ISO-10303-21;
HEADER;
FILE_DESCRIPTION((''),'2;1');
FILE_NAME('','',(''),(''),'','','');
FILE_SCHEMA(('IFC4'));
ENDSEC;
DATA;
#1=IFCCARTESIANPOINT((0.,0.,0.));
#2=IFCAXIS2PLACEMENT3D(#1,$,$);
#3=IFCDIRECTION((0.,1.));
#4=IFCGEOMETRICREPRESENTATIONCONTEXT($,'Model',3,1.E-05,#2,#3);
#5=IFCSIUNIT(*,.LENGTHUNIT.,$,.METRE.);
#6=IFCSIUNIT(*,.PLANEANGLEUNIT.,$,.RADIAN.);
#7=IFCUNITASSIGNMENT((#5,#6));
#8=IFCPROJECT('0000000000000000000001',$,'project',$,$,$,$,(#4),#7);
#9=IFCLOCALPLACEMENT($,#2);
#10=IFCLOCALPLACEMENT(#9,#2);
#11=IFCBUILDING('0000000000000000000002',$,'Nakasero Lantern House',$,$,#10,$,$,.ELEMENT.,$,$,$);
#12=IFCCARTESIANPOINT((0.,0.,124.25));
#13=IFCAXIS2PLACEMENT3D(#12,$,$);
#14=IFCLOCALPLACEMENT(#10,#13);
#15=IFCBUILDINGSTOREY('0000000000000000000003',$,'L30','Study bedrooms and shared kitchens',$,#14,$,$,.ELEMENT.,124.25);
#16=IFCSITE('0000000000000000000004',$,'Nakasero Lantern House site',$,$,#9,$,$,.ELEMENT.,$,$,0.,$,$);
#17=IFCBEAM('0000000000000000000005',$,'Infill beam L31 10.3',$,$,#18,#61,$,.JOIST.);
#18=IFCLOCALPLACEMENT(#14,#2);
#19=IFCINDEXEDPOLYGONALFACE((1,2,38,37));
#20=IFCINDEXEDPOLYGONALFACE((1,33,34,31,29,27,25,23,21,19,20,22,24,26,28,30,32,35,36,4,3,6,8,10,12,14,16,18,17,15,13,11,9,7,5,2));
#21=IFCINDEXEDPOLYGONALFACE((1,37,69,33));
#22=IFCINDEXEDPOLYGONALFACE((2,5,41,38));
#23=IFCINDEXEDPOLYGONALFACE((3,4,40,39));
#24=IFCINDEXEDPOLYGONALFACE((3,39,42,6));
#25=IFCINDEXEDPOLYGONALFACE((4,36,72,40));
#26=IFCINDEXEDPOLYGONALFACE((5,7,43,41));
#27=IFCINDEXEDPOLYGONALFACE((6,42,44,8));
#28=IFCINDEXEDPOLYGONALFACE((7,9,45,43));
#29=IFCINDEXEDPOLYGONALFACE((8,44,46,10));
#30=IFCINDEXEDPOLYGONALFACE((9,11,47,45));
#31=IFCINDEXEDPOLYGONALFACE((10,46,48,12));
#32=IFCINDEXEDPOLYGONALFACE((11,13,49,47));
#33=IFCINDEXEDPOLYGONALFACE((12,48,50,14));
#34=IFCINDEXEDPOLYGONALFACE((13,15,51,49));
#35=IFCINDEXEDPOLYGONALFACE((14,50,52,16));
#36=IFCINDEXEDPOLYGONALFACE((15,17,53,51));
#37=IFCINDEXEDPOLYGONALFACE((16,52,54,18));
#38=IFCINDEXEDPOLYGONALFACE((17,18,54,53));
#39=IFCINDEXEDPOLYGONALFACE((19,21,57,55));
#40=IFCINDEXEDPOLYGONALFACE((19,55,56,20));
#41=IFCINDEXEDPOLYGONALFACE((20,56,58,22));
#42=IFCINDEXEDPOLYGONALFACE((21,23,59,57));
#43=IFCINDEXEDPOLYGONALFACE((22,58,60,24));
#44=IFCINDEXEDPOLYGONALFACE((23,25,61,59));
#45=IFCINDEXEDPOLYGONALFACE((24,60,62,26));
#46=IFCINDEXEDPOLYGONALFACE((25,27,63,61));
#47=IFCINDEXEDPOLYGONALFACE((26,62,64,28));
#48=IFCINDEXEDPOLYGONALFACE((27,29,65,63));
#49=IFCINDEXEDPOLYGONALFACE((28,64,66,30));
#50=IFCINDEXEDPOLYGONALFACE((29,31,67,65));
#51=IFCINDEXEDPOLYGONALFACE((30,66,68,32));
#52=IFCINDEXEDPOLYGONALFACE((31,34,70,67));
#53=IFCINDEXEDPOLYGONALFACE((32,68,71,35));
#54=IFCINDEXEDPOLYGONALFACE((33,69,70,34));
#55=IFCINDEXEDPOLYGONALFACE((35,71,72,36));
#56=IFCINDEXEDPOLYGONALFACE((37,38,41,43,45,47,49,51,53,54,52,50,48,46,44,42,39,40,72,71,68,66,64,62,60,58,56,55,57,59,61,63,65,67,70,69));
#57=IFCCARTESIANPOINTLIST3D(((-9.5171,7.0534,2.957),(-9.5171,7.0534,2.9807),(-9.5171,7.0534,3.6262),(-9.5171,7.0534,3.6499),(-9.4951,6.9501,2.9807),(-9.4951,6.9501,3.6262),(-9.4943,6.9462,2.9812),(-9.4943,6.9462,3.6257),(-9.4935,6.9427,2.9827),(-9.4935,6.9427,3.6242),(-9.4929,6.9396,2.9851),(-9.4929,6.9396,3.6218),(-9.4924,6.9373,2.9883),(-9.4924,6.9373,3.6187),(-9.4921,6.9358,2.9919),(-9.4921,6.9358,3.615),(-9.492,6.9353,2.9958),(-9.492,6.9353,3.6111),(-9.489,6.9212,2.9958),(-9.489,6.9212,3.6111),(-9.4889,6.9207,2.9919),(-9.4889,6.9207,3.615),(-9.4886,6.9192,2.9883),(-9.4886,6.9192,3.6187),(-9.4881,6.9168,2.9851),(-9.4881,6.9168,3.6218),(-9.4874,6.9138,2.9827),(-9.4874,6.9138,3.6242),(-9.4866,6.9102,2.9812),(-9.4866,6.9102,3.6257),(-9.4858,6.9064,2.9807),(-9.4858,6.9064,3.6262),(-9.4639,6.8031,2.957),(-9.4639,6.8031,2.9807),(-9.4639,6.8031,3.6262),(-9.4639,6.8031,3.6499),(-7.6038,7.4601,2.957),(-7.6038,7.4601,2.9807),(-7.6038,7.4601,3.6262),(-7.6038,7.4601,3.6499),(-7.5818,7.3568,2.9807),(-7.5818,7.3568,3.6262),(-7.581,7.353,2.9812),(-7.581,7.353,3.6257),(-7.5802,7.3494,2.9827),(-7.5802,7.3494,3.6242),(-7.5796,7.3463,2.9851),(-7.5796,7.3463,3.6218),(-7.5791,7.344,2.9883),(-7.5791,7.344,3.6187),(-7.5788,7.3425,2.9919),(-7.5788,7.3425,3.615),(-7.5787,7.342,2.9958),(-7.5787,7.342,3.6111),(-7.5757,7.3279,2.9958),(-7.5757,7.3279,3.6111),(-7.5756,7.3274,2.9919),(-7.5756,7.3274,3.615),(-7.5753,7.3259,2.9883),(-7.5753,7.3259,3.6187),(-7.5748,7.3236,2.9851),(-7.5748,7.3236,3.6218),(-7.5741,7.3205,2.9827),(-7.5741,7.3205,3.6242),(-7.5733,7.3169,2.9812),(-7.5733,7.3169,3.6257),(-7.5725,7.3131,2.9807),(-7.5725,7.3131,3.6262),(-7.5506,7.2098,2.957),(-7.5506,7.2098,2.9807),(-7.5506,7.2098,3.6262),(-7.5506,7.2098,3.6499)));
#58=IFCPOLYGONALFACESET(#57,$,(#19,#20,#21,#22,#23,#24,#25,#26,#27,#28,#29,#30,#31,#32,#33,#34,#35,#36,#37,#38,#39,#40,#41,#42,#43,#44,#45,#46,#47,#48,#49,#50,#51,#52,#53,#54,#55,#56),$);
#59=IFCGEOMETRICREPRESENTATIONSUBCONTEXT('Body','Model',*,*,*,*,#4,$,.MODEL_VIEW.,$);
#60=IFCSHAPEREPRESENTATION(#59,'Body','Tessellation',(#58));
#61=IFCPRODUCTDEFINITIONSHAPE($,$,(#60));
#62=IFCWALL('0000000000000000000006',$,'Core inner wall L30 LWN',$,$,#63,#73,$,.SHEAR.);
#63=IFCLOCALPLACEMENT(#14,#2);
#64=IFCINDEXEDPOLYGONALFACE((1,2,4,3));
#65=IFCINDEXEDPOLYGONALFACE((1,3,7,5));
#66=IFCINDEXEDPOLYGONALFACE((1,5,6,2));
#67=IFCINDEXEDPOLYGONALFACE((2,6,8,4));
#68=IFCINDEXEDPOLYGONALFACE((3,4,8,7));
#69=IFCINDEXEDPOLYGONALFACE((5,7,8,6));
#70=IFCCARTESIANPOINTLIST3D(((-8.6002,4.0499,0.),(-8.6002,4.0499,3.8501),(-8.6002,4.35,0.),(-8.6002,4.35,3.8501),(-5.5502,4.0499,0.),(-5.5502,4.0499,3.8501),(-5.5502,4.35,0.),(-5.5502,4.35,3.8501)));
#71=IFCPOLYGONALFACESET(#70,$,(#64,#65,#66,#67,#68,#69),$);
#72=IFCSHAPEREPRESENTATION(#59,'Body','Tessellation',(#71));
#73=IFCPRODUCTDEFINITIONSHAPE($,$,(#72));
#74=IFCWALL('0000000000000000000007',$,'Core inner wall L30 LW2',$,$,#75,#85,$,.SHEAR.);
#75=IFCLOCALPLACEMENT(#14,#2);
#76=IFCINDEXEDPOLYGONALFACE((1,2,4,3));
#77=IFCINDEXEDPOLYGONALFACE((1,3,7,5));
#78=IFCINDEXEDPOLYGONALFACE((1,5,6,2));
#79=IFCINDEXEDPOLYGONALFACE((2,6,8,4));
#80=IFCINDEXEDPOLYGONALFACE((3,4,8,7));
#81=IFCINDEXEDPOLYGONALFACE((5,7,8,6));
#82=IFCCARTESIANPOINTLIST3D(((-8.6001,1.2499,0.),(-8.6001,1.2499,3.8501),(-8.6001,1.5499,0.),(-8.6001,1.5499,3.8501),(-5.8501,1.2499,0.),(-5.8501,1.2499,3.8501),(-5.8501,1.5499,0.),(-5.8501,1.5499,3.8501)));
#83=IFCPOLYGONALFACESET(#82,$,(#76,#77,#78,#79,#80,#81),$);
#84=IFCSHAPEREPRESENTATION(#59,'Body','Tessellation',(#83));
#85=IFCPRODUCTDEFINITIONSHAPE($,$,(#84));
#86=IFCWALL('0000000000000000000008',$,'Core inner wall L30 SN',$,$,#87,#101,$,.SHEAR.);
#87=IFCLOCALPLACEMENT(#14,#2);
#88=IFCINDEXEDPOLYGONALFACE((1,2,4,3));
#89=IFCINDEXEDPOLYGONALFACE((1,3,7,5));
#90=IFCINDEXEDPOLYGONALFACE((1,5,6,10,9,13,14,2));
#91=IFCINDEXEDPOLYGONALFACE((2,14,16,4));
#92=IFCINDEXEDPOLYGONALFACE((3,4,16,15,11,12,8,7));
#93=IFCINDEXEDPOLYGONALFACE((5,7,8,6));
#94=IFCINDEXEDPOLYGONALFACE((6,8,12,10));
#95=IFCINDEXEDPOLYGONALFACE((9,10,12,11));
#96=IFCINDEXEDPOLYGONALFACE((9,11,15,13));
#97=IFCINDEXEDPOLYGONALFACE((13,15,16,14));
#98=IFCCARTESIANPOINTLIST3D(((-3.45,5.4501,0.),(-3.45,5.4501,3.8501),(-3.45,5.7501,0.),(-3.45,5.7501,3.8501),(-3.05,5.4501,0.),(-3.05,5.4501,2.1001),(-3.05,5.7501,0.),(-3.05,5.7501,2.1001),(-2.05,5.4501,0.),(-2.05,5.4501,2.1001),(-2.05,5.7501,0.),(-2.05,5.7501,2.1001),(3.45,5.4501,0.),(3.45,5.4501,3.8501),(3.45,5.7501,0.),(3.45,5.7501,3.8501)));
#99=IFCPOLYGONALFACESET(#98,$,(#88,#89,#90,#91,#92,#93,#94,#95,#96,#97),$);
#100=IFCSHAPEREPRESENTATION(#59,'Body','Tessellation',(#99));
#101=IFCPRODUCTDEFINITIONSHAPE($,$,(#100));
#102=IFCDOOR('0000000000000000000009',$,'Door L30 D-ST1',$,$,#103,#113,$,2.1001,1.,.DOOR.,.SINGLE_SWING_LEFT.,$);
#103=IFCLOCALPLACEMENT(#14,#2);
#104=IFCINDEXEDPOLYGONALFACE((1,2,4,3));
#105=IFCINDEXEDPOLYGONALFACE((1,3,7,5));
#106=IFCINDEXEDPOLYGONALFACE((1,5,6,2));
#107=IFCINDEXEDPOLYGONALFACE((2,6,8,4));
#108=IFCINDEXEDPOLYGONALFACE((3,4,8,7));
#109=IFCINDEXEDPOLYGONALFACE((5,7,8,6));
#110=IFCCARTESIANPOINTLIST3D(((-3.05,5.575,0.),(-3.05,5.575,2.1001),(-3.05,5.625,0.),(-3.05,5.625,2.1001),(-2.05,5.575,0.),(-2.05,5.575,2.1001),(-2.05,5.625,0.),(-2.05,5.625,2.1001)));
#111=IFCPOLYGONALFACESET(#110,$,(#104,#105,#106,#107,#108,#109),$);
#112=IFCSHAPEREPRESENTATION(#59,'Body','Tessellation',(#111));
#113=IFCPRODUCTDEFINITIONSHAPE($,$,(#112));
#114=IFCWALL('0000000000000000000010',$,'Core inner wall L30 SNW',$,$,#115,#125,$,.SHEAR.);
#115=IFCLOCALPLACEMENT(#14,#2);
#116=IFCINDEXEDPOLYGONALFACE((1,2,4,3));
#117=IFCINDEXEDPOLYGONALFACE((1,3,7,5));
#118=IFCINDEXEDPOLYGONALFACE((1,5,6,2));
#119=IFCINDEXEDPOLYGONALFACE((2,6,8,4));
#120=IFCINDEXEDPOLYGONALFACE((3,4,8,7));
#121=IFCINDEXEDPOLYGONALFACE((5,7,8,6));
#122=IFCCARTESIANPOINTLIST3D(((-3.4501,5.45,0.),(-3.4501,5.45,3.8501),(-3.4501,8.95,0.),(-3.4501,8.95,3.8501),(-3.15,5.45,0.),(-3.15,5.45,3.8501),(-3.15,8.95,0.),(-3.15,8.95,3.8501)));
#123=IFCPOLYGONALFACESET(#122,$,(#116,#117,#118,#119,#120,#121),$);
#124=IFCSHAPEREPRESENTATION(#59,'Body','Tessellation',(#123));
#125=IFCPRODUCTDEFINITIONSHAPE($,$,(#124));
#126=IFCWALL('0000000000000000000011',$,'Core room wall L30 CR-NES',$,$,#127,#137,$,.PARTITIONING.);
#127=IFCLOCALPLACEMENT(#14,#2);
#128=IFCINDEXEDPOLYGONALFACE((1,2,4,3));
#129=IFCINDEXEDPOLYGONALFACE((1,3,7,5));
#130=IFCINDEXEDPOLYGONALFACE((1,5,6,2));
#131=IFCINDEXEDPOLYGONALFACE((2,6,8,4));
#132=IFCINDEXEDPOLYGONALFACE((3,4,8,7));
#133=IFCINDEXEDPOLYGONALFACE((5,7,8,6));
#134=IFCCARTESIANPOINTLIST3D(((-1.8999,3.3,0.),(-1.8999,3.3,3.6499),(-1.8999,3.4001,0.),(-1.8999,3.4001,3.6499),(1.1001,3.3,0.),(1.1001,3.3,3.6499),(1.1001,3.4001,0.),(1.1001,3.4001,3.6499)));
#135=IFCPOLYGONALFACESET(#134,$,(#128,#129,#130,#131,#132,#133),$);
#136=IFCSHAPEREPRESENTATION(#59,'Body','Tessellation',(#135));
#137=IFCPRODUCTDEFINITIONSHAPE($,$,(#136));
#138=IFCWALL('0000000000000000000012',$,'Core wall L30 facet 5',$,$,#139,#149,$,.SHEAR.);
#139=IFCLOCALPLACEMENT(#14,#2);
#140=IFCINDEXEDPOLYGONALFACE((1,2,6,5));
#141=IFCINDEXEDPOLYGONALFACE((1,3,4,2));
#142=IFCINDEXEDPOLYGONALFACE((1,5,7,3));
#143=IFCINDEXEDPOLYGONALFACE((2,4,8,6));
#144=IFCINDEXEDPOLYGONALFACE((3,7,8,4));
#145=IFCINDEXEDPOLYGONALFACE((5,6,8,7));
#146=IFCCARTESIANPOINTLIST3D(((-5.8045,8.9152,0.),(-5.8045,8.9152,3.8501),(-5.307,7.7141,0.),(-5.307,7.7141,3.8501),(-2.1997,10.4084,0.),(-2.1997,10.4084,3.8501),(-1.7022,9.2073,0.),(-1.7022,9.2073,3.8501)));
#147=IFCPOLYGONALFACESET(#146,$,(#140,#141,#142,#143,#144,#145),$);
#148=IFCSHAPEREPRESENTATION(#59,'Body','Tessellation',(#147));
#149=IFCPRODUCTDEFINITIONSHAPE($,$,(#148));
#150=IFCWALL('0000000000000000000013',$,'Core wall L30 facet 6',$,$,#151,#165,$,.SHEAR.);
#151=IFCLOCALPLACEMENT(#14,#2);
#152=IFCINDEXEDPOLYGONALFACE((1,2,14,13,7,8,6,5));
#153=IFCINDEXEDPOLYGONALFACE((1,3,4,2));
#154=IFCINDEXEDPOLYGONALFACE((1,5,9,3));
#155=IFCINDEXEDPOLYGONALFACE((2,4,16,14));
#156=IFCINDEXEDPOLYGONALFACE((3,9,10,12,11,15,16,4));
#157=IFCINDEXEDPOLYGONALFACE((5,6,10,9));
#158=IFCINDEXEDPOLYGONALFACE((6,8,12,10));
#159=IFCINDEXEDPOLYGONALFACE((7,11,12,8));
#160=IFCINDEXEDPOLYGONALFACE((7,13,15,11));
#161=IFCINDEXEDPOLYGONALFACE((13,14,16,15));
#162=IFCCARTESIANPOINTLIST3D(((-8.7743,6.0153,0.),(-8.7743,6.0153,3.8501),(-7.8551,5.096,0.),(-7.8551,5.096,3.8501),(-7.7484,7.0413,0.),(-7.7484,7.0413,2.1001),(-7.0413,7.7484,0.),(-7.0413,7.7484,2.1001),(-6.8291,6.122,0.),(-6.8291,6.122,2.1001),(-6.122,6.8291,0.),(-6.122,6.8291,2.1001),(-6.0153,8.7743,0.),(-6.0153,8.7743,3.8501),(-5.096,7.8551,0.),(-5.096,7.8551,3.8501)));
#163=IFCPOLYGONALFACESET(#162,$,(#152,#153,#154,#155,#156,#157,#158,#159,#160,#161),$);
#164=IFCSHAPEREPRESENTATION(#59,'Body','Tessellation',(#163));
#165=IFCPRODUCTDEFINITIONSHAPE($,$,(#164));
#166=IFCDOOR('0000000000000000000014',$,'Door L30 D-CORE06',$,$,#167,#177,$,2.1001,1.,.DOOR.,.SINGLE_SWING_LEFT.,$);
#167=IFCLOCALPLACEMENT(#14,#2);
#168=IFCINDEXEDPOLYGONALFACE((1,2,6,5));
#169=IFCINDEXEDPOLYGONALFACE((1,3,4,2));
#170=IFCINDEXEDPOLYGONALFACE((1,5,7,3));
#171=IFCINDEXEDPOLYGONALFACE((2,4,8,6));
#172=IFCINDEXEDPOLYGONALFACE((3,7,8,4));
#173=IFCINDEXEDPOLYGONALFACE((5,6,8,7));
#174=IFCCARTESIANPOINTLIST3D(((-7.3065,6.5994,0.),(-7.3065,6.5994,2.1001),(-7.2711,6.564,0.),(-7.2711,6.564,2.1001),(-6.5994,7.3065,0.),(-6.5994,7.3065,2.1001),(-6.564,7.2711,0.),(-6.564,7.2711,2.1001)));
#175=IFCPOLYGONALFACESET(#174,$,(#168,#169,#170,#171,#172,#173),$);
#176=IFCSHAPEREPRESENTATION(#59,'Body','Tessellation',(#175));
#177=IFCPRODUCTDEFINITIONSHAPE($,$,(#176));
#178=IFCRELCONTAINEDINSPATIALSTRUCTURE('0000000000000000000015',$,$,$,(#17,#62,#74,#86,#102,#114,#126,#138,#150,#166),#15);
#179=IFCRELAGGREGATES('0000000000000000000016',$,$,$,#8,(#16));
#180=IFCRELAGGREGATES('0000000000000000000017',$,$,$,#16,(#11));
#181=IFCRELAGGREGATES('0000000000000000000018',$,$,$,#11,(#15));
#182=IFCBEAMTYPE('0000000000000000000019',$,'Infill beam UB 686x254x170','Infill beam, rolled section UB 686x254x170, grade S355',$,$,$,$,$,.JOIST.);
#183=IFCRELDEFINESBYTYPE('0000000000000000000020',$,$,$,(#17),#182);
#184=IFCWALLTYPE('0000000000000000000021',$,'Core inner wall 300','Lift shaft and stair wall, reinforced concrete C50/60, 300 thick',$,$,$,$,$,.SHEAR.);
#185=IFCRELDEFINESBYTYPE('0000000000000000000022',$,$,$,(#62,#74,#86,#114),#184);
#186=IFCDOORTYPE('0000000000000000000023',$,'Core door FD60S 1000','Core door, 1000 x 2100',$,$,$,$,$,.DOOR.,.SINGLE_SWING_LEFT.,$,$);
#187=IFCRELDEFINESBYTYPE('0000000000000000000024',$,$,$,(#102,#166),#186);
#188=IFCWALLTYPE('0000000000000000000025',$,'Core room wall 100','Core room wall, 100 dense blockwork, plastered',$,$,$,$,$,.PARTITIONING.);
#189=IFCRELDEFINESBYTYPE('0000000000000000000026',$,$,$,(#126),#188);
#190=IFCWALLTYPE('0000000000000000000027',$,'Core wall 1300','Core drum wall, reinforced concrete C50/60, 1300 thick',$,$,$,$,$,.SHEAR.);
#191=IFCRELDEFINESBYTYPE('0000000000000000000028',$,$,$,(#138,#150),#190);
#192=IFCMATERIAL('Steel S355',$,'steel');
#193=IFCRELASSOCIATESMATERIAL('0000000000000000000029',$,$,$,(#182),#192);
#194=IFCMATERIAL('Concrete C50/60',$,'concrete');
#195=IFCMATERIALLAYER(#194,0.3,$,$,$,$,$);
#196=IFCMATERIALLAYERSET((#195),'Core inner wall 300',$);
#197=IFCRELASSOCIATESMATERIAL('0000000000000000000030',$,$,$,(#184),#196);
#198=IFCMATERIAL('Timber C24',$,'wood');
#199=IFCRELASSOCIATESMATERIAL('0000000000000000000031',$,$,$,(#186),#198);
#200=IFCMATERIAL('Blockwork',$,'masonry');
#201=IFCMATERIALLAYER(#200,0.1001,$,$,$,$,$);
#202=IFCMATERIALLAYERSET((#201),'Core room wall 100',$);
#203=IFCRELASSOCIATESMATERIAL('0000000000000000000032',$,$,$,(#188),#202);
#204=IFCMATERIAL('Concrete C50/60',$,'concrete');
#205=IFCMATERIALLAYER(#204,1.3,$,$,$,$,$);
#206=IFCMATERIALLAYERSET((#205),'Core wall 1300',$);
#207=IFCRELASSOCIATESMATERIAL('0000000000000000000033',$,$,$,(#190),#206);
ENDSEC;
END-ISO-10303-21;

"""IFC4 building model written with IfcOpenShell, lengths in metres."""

from ifc_helpers import new_model, si_unit, direction, frame, frame_2d, origin, origin_2d, place, context, subcontext, project, spatial, rectangle, i_section, extrude, material, layer, layer_set, material_profile, profile_set, type_object, element, fill, save


model = new_model("IFC4")

# Units and contexts
model_context = context("Model", 3, precision=1e-05, world=origin(), true_north=direction((0.0, 1.0)))
body_context = subcontext(model_context, "Body", "Model", "MODEL_VIEW")
ifc_project = project(units=[si_unit("LENGTHUNIT", "METRE"), si_unit("PLANEANGLEUNIT", "RADIAN")], contexts=[model_context])

# Site, building, storey
site_placement = place(None, origin())
site = spatial("IfcSite", under=ifc_project, at=site_placement, Name="Nakasero Lantern House site", CompositionType="ELEMENT", RefElevation=0.0)
building_placement = place(site_placement, origin())
building = spatial("IfcBuilding", under=site, at=building_placement, Name="Nakasero Lantern House", CompositionType="ELEMENT")
storey_placement = place(building_placement, frame((0.0, 0.0, 124.25)))
storey = spatial("IfcBuildingStorey", under=building, at=storey_placement, Name="L30", Description="Study bedrooms and shared kitchens", CompositionType="ELEMENT", Elevation=124.25)

# Beam
ifc_material_1 = material(Name="Steel S355", Category="steel")
ifc_material_profile_1 = material_profile(ifc_material_1, i_section(OverallWidth=0.2559, OverallDepth=0.6929, WebThickness=0.0144, FlangeThickness=0.0237, FilletRadius=0.0151, at=origin_2d()), Name="UB 686x254x170")
ifc_profile_set_1 = profile_set([ifc_material_profile_1], Name="Steel S355")
beam_type_1 = type_object("IfcBeamType", Name="Infill beam UB 686x254x170", Description="Infill beam, rolled section UB 686x254x170, grade S355", PredefinedType="JOIST", material=ifc_profile_set_1)
beam_1_placement = place(storey_placement, frame((-9.4905, 6.9282, 3.3035), z_axis=(0.978143, 0.207935, 0.0), x_axis=(-0.207935, 0.978143, 0.0)))
element("IfcBeam", 1, at=beam_1_placement, inside=storey, type_object=beam_type_1, Name="Infill beam L31 10.3", PredefinedType="JOIST", context=body_context, shape_type="SweptSolid", body=[
    extrude(i_section(OverallWidth=0.2559, OverallDepth=0.6929, WebThickness=0.0144, FlangeThickness=0.0237, FilletRadius=0.0151, at=origin_2d()), origin(), (0.0, 0.0, 1.0), 1.9561),
])

# Walls
ifc_material_2 = material(Name="Concrete C50/60", Category="concrete")
ifc_layer_1 = layer(ifc_material_2, 0.3)
ifc_layer_set_1 = layer_set([ifc_layer_1], Name="Core inner wall 300")
wall_type_1 = type_object("IfcWallType", Name="Core inner wall 300", Description="Lift shaft and stair wall, reinforced concrete C50/60, 300 thick", PredefinedType="SHEAR", material=ifc_layer_set_1)
wall_1_placement = place(storey_placement, frame((-8.6001, 4.2, 0.0), z_axis=(0.0, 0.0, 1.0), x_axis=(1.0, 0.0, 0.0)))
element("IfcWall", 2, at=wall_1_placement, inside=storey, type_object=wall_type_1, Name="Core inner wall L30 LWN", PredefinedType="SHEAR", context=body_context, shape_type="SweptSolid", body=[
    extrude(rectangle(XDim=3.05, YDim=0.3, at=frame_2d((1.5249, 0.0))), origin(), (0.0, 0.0, 1.0), 3.8501),
])
wall_2_placement = place(storey_placement, frame((-8.6001, 1.3999, 0.0), z_axis=(0.0, 0.0, 1.0), x_axis=(1.0, 0.0, 0.0)))
element("IfcWall", 3, at=wall_2_placement, inside=storey, type_object=wall_type_1, Name="Core inner wall L30 LW2", PredefinedType="SHEAR", context=body_context, shape_type="SweptSolid", body=[
    extrude(rectangle(XDim=2.75, YDim=0.3, at=frame_2d((1.375, 0.0))), origin(), (0.0, 0.0, 1.0), 3.8501),
])

# Wall, opening, door
wall_3_placement = place(storey_placement, frame((-3.45, 5.6001, 0.0), z_axis=(0.0, 0.0, 1.0), x_axis=(1.0, 0.0, 0.0)))
wall_3 = element("IfcWall", 4, at=wall_3_placement, inside=storey, type_object=wall_type_1, Name="Core inner wall L30 SN", PredefinedType="SHEAR", context=body_context, shape_type="SweptSolid", body=[
    extrude(rectangle(XDim=6.8999, YDim=0.3, at=frame_2d((3.45, 0.0))), origin(), (0.0, 0.0, 1.0), 3.8501),
])
opening_1_placement = place(wall_3_placement, frame((0.3999, 0.0, 0.0)))
opening_1 = element("IfcOpeningElement", 5, at=opening_1_placement, cuts=wall_3, PredefinedType="OPENING", context=body_context, shape_type="SweptSolid", body=[
    extrude(rectangle(XDim=1.0, YDim=2.1001, at=frame_2d((0.5, 1.05))), frame((0.0, 0.1699, 0.0), z_axis=(0.0, -1.0, 0.0), x_axis=(1.0, 0.0, 0.0)), (0.0, 0.0, 1.0), 0.3401),
])
ifc_material_3 = material(Name="Timber C24", Category="wood")
door_type = type_object("IfcDoorType", Name="Core door FD60S 1000", Description="Core door, 1000 x 2100", OperationType="SINGLE_SWING_LEFT", PredefinedType="DOOR", material=ifc_material_3)
door_1_placement = place(opening_1_placement, origin())
door_1 = element("IfcDoor", 6, at=door_1_placement, inside=storey, type_object=door_type, Name="Door L30 D-ST1", OperationType="SINGLE_SWING_LEFT", OverallHeight=2.1001, OverallWidth=1.0, PredefinedType="DOOR", context=body_context, shape_type="SweptSolid", body=[
    extrude(rectangle(XDim=1.0, YDim=2.1001, at=frame_2d((0.5, 1.05))), frame((0.0, 0.0249, 0.0), z_axis=(0.0, -1.0, 0.0), x_axis=(1.0, 0.0, 0.0)), (0.0, 0.0, 1.0), 0.05),
])
fill(opening_1, door_1)

# Walls
wall_4_placement = place(storey_placement, frame((-3.3, 5.45, 0.0), z_axis=(0.0, 0.0, 1.0), x_axis=(0.0, 1.0, 0.0)))
element("IfcWall", 7, at=wall_4_placement, inside=storey, type_object=wall_type_1, Name="Core inner wall L30 SNW", PredefinedType="SHEAR", context=body_context, shape_type="SweptSolid", body=[
    extrude(rectangle(XDim=3.5, YDim=0.3, at=frame_2d((1.75, 0.0))), origin(), (0.0, 0.0, 1.0), 3.8501),
])
ifc_material_4 = material(Name="Blockwork", Category="masonry")
ifc_layer_2 = layer(ifc_material_4, 0.1001)
ifc_layer_set_2 = layer_set([ifc_layer_2], Name="Core room wall 100")
wall_type_2 = type_object("IfcWallType", Name="Core room wall 100", Description="Core room wall, 100 dense blockwork, plastered", PredefinedType="PARTITIONING", material=ifc_layer_set_2)
wall_5_placement = place(storey_placement, frame((-1.8999, 3.3501, 0.0), z_axis=(0.0, 0.0, 1.0), x_axis=(1.0, 0.0, 0.0)))
element("IfcWall", 8, at=wall_5_placement, inside=storey, type_object=wall_type_2, Name="Core room wall L30 CR-NES", PredefinedType="PARTITIONING", context=body_context, shape_type="SweptSolid", body=[
    extrude(rectangle(XDim=3.0, YDim=0.1001, at=frame_2d((1.5, 0.0))), origin(), (0.0, 0.0, 1.0), 3.6499),
])
ifc_material_5 = material(Name="Concrete C50/60", Category="concrete")
ifc_layer_3 = layer(ifc_material_5, 1.3)
ifc_layer_set_3 = layer_set([ifc_layer_3], Name="Core wall 1300")
wall_type_3 = type_object("IfcWallType", Name="Core wall 1300", Description="Core drum wall, reinforced concrete C50/60, 1300 thick", PredefinedType="SHEAR", material=ifc_layer_set_3)
wall_6_placement = place(storey_placement, frame((-1.9509, 9.8079, 0.0), z_axis=(0.0, 0.0, 1.0), x_axis=(-0.923877, -0.382691, 0.0)))
element("IfcWall", 9, at=wall_6_placement, inside=storey, type_object=wall_type_3, Name="Core wall L30 facet 5", PredefinedType="SHEAR", context=body_context, shape_type="SweptSolid", body=[
    extrude(rectangle(XDim=3.9019, YDim=1.3, at=frame_2d((1.9509, 0.0))), origin(), (0.0, 0.0, 1.0), 3.8501),
])

# Wall, opening, door
wall_7_placement = place(storey_placement, frame((-5.5557, 8.3147, 0.0), z_axis=(0.0, 0.0, 1.0), x_axis=(-0.707107, -0.707107, 0.0)))
wall_7 = element("IfcWall", 10, at=wall_7_placement, inside=storey, type_object=wall_type_3, Name="Core wall L30 facet 6", PredefinedType="SHEAR", context=body_context, shape_type="SweptSolid", body=[
    extrude(rectangle(XDim=3.9019, YDim=1.3, at=frame_2d((1.9509, 0.0))), origin(), (0.0, 0.0, 1.0), 3.8501),
])
opening_2_placement = place(wall_7_placement, frame((1.4509, 0.0, 0.0)))
opening_2 = element("IfcOpeningElement", 11, at=opening_2_placement, cuts=wall_7, PredefinedType="OPENING", context=body_context, shape_type="SweptSolid", body=[
    extrude(rectangle(XDim=1.0, YDim=2.1001, at=frame_2d((0.5, 1.05))), frame((0.0, 0.6699, 0.0), z_axis=(0.0, -1.0, 0.0), x_axis=(1.0, 0.0, 0.0)), (0.0, 0.0, 1.0), 1.3401),
])
door_2_placement = place(opening_2_placement, origin())
door_2 = element("IfcDoor", 12, at=door_2_placement, inside=storey, type_object=door_type, Name="Door L30 D-CORE06", OperationType="SINGLE_SWING_LEFT", OverallHeight=2.1001, OverallWidth=1.0, PredefinedType="DOOR", context=body_context, shape_type="SweptSolid", body=[
    extrude(rectangle(XDim=1.0, YDim=2.1001, at=frame_2d((0.5, 1.05))), frame((0.0, 0.0249, 0.0), z_axis=(0.0, -1.0, 0.0), x_axis=(1.0, 0.0, 0.0)), (0.0, 0.0, 1.0), 0.05),
])
fill(opening_2, door_2)

save(model, "model.ifc")
